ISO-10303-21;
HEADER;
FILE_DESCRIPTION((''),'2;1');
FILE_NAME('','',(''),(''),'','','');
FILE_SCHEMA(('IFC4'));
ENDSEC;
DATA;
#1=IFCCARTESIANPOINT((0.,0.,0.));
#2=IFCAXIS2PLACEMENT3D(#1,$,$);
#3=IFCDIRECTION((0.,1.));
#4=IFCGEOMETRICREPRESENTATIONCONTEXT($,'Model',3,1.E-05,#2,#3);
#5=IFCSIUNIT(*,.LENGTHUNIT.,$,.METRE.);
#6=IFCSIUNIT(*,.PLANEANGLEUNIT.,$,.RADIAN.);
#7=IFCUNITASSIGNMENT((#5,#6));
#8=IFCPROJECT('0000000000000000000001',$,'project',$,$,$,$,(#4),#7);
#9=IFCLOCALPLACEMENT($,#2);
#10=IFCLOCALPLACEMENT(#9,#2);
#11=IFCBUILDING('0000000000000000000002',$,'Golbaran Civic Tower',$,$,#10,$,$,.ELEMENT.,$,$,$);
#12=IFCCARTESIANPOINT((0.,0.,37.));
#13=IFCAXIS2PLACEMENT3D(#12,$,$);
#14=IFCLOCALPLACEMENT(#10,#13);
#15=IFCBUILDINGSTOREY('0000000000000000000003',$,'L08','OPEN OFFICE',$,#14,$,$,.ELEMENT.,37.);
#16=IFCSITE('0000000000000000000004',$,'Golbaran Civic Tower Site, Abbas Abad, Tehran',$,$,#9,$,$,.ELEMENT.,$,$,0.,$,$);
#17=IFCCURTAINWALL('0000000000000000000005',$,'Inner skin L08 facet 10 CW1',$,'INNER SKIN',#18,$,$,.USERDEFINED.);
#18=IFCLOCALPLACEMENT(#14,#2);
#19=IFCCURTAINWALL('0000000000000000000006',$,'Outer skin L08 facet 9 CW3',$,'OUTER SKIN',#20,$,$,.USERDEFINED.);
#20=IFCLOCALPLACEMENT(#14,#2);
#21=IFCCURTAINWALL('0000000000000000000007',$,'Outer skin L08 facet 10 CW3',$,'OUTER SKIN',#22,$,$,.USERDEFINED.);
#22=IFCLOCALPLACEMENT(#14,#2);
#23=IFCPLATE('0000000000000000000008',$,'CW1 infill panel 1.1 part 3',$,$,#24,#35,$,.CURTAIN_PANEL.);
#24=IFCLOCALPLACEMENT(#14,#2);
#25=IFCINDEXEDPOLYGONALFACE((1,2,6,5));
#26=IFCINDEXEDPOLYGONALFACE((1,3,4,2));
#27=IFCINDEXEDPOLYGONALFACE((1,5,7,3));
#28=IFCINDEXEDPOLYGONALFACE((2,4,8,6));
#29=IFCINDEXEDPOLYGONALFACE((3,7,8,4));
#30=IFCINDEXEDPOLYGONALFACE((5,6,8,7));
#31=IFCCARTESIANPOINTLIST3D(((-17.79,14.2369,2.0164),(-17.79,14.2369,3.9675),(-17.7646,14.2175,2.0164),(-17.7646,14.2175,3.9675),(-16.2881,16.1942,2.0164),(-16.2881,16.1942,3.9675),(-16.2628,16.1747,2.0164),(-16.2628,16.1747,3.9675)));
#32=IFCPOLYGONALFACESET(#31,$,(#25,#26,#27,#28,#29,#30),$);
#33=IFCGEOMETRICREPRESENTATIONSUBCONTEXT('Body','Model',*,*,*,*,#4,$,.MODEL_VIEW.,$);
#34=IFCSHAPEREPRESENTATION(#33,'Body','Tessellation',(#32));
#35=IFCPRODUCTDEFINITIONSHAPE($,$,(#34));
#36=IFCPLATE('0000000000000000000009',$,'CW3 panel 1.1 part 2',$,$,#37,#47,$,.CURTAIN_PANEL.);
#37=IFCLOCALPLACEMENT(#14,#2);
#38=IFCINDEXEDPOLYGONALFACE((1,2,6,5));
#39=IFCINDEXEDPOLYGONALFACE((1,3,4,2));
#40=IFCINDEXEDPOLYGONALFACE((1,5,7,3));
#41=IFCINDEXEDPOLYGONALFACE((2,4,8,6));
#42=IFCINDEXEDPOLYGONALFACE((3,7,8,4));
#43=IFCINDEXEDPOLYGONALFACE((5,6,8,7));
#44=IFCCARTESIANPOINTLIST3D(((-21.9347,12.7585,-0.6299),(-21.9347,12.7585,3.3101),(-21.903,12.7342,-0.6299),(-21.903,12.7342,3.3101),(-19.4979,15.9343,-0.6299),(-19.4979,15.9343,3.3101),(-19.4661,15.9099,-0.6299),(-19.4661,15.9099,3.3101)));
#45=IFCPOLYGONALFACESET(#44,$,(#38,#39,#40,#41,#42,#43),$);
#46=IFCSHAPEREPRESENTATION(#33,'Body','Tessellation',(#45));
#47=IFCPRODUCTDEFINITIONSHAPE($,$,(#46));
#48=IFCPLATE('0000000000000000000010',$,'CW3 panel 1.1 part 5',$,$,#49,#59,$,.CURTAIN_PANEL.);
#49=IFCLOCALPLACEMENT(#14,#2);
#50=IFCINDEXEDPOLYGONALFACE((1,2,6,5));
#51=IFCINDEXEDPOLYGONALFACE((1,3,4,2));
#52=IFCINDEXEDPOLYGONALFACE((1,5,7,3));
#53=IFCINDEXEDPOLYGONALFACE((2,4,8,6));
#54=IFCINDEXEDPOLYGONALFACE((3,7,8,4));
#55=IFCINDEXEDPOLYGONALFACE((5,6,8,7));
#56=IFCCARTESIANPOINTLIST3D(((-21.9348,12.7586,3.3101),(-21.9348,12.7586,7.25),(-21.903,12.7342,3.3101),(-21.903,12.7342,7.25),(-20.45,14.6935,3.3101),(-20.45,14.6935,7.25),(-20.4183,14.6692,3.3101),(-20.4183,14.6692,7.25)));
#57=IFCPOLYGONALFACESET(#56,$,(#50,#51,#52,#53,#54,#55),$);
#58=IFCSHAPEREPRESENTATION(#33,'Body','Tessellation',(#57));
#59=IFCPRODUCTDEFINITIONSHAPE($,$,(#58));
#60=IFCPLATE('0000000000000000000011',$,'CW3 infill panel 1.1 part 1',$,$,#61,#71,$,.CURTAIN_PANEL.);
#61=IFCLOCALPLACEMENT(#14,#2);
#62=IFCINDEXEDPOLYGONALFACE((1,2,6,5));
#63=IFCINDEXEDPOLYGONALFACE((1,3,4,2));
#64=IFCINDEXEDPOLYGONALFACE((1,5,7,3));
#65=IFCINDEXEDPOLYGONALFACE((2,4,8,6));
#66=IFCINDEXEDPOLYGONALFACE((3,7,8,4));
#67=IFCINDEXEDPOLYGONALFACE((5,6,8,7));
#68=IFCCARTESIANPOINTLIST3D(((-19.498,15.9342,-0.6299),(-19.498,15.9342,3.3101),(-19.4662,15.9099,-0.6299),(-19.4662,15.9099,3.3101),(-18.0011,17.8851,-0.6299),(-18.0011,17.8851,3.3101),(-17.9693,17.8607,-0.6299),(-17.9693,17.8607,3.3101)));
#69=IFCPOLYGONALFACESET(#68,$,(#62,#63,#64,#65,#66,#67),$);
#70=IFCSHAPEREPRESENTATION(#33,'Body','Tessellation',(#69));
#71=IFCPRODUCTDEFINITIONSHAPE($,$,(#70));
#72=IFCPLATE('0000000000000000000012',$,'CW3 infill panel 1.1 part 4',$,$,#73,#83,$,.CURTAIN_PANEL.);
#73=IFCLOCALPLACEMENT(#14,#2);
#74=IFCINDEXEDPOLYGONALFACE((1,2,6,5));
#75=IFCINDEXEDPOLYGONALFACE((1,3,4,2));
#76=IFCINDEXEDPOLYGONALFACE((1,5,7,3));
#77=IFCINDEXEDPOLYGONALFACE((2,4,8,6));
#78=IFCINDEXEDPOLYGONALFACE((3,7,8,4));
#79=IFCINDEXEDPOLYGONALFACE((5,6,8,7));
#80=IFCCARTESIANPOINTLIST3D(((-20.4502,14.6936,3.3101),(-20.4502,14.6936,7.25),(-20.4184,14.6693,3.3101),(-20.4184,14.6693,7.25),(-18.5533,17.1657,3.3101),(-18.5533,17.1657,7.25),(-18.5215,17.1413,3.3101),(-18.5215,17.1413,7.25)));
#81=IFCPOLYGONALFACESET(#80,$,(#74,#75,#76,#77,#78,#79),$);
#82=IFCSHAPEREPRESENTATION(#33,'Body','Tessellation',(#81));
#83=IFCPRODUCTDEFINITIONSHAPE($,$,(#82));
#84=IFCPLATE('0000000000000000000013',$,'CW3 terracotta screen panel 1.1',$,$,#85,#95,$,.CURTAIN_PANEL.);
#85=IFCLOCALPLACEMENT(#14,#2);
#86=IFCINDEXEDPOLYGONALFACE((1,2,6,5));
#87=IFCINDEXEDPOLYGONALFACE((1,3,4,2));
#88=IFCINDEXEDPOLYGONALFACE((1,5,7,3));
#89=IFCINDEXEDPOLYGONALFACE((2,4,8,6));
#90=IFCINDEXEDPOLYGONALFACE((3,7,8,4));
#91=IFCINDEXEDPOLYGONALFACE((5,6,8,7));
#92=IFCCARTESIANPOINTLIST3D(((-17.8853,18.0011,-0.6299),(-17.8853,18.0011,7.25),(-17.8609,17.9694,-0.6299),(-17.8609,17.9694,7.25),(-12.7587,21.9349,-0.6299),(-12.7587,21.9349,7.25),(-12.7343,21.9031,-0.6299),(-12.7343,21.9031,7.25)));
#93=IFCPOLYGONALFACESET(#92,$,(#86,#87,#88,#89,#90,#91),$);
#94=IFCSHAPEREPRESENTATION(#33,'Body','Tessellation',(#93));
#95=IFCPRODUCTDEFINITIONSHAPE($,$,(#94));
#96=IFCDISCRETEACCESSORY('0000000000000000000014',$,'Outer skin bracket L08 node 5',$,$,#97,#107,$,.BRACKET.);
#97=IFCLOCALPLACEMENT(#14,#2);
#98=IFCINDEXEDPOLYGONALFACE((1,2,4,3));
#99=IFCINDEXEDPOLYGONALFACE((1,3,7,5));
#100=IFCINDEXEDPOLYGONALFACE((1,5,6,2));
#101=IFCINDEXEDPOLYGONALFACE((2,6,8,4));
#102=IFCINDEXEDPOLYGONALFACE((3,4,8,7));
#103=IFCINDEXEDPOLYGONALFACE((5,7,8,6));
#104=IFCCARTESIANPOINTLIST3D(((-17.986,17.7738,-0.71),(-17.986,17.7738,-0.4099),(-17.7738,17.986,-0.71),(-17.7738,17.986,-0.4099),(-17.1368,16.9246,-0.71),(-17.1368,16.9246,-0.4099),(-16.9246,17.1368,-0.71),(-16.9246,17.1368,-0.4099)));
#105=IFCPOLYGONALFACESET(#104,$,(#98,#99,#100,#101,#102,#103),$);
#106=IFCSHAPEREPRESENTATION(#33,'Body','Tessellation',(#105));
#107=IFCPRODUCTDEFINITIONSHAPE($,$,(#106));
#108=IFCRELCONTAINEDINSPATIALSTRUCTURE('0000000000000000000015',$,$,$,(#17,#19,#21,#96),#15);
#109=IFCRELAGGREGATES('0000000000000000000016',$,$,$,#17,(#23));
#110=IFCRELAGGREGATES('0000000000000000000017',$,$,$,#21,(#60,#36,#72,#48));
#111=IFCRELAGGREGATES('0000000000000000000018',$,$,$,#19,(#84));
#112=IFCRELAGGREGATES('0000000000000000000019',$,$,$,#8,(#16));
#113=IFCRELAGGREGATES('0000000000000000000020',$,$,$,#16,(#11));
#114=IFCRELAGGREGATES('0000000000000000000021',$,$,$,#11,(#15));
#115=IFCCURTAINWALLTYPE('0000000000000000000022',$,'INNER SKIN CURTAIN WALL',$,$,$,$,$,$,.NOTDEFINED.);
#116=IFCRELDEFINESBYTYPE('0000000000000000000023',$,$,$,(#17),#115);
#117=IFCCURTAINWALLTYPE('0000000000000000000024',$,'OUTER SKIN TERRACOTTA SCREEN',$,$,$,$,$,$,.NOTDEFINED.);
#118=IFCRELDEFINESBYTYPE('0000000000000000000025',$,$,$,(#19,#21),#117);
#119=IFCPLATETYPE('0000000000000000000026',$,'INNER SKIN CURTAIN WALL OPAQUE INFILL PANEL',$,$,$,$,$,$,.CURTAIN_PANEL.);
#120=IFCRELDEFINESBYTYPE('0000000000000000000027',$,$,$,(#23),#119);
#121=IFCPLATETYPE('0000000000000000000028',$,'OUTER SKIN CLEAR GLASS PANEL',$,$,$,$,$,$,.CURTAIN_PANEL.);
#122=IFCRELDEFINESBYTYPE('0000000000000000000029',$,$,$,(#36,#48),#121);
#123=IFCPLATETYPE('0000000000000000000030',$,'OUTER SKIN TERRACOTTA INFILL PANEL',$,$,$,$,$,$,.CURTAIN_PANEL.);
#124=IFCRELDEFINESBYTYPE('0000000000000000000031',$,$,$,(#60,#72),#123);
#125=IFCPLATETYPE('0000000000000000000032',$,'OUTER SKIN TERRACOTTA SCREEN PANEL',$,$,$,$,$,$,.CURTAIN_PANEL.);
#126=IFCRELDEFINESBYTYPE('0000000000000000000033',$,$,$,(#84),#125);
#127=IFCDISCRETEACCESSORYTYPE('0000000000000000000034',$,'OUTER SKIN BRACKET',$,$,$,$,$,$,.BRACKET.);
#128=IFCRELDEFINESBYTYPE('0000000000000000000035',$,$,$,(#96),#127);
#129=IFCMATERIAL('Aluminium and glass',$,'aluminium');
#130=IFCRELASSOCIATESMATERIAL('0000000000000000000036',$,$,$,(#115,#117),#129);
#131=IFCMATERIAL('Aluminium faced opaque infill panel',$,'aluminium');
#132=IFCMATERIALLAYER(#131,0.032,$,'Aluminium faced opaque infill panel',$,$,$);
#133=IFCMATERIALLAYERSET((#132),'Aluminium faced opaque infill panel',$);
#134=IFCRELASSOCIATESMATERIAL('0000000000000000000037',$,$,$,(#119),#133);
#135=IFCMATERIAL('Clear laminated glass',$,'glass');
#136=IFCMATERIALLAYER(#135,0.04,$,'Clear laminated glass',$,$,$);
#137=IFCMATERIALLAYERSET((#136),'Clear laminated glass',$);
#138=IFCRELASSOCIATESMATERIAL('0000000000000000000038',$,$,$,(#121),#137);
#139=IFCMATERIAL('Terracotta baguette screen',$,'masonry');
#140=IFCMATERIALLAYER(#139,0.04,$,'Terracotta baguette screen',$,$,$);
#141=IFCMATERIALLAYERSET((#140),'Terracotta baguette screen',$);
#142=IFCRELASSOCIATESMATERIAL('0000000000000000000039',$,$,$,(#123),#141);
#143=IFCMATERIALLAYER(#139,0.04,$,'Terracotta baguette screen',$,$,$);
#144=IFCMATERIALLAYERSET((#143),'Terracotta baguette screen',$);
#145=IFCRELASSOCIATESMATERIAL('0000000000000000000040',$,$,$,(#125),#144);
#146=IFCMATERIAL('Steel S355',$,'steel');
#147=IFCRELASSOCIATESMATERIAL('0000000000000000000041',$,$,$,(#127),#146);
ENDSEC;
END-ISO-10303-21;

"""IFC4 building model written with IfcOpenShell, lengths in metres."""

from ifc_helpers import new_model, si_unit, direction, frame, origin, origin_2d, place, context, subcontext, project, spatial, rectangle, extrude, material, layer, layer_set, type_object, element, aggregate, save


model = new_model("IFC4")

# Units and contexts
model_context = context("Model", 3, precision=1e-05, world=origin(), true_north=direction((0.0, 1.0)))
body_context = subcontext(model_context, "Body", "Model", "MODEL_VIEW")
ifc_project = project(units=[si_unit("LENGTHUNIT", "METRE"), si_unit("PLANEANGLEUNIT", "RADIAN")], contexts=[model_context])

# Site, building, storey
site_placement = place(None, origin())
site = spatial("IfcSite", under=ifc_project, at=site_placement, Name="Golbaran Civic Tower Site, Abbas Abad, Tehran", CompositionType="ELEMENT", RefElevation=0.0)
building_placement = place(site_placement, origin())
building = spatial("IfcBuilding", under=site, at=building_placement, Name="Golbaran Civic Tower", CompositionType="ELEMENT")
storey_placement = place(building_placement, frame((0.0, 0.0, 37.0)))
storey = spatial("IfcBuildingStorey", under=building, at=storey_placement, Name="L08", Description="OPEN OFFICE", CompositionType="ELEMENT", Elevation=37.0)

# Shared definitions
ifc_material_1 = material(Name="Steel S355", Category="steel")

# Shared definitions
ifc_material_2 = material(Name="Aluminium and glass", Category="aluminium")
curtain_wall_type_1 = type_object("IfcCurtainWallType", Name="INNER SKIN CURTAIN WALL", PredefinedType="NOTDEFINED", material=ifc_material_2)

# Curtain wall
curtain_wall_1_placement = place(storey_placement, origin())
curtain_wall_1 = element("IfcCurtainWall", 1, at=curtain_wall_1_placement, inside=storey, type_object=curtain_wall_type_1, Name="Inner skin L08 facet 10 CW1", ObjectType="INNER SKIN", PredefinedType="USERDEFINED")

# Curtain wall
curtain_wall_type_2 = type_object("IfcCurtainWallType", Name="OUTER SKIN TERRACOTTA SCREEN", PredefinedType="NOTDEFINED", material=ifc_material_2)
curtain_wall_2_placement = place(storey_placement, origin())
curtain_wall_2 = element("IfcCurtainWall", 2, at=curtain_wall_2_placement, inside=storey, type_object=curtain_wall_type_2, Name="Outer skin L08 facet 9 CW3", ObjectType="OUTER SKIN", PredefinedType="USERDEFINED")

# Curtain wall
curtain_wall_3_placement = place(storey_placement, origin())
curtain_wall_3 = element("IfcCurtainWall", 3, at=curtain_wall_3_placement, inside=storey, type_object=curtain_wall_type_2, Name="Outer skin L08 facet 10 CW3", ObjectType="OUTER SKIN", PredefinedType="USERDEFINED")

# Plates
ifc_material_3 = material(Name="Aluminium faced opaque infill panel", Category="aluminium")
ifc_layer_1 = layer(ifc_material_3, 0.032, Name="Aluminium faced opaque infill panel")
ifc_layer_set_1 = layer_set([ifc_layer_1], Name="Aluminium faced opaque infill panel")
plate_type_1 = type_object("IfcPlateType", Name="INNER SKIN CURTAIN WALL OPAQUE INFILL PANEL", PredefinedType="CURTAIN_PANEL", material=ifc_layer_set_1)
plate_1_placement = place(storey_placement, frame((-17.0264, 15.2058, 2.0164), z_axis=(0.0, 0.0, 1.0), x_axis=(-0.608761, -0.793353, 0.0)))
plate_1 = element("IfcPlate", 4, at=plate_1_placement, type_object=plate_type_1, Name="CW1 infill panel 1.1 part 3", PredefinedType="CURTAIN_PANEL", context=body_context, shape_type="SweptSolid", body=[
    extrude(rectangle(XDim=2.467, YDim=0.032, at=origin_2d()), origin(), (0.0, 0.0, 1.0), 1.9512),
])
aggregate(curtain_wall_1, [plate_1])
ifc_material_4 = material(Name="Clear laminated glass", Category="glass")
ifc_layer_2 = layer(ifc_material_4, 0.04, Name="Clear laminated glass")
ifc_layer_set_2 = layer_set([ifc_layer_2], Name="Clear laminated glass")
plate_type_2 = type_object("IfcPlateType", Name="OUTER SKIN CLEAR GLASS PANEL", PredefinedType="CURTAIN_PANEL", material=ifc_layer_set_2)
plate_2_placement = place(storey_placement, frame((-20.7004, 14.3342, -0.6299), z_axis=(0.0, 0.0, 1.0), x_axis=(-0.608761, -0.793353, 0.0)))
plate_2 = element("IfcPlate", 5, at=plate_2_placement, type_object=plate_type_2, Name="CW3 panel 1.1 part 2", PredefinedType="CURTAIN_PANEL", context=body_context, shape_type="SweptSolid", body=[
    extrude(rectangle(XDim=4.0029, YDim=0.04, at=origin_2d()), origin(), (0.0, 0.0, 1.0), 3.9399),
])
plate_3_placement = place(storey_placement, frame((-21.1765, 13.7139, 3.3101), z_axis=(0.0, 0.0, 1.0), x_axis=(-0.608761, -0.793353, 0.0)))
plate_3 = element("IfcPlate", 6, at=plate_3_placement, type_object=plate_type_2, Name="CW3 panel 1.1 part 5", PredefinedType="CURTAIN_PANEL", context=body_context, shape_type="SweptSolid", body=[
    extrude(rectangle(XDim=2.439, YDim=0.04, at=origin_2d()), origin(), (0.0, 0.0, 1.0), 3.9399),
])
ifc_material_5 = material(Name="Terracotta baguette screen", Category="masonry")
ifc_layer_3 = layer(ifc_material_5, 0.04, Name="Terracotta baguette screen")
ifc_layer_set_3 = layer_set([ifc_layer_3], Name="Terracotta baguette screen")
plate_type_3 = type_object("IfcPlateType", Name="OUTER SKIN TERRACOTTA INFILL PANEL", PredefinedType="CURTAIN_PANEL", material=ifc_layer_set_3)
plate_4_placement = place(storey_placement, frame((-18.7336, 16.8975, -0.6299), z_axis=(0.0, 0.0, 1.0), x_axis=(-0.608761, -0.793353, 0.0)))
plate_4 = element("IfcPlate", 7, at=plate_4_placement, type_object=plate_type_3, Name="CW3 infill panel 1.1 part 1", PredefinedType="CURTAIN_PANEL", context=body_context, shape_type="SweptSolid", body=[
    extrude(rectangle(XDim=2.459, YDim=0.04, at=origin_2d()), origin(), (0.0, 0.0, 1.0), 3.9399),
])
plate_5_placement = place(storey_placement, frame((-19.4858, 15.9175, 3.3101), z_axis=(0.0, 0.0, 1.0), x_axis=(-0.608761, -0.793353, 0.0)))
plate_5 = element("IfcPlate", 8, at=plate_5_placement, type_object=plate_type_3, Name="CW3 infill panel 1.1 part 4", PredefinedType="CURTAIN_PANEL", context=body_context, shape_type="SweptSolid", body=[
    extrude(rectangle(XDim=3.116, YDim=0.04, at=origin_2d()), origin(), (0.0, 0.0, 1.0), 3.9399),
])
aggregate(curtain_wall_3, [plate_4, plate_2, plate_5, plate_3])
ifc_layer_4 = layer(ifc_material_5, 0.04, Name="Terracotta baguette screen")
ifc_layer_set_4 = layer_set([ifc_layer_4], Name="Terracotta baguette screen")
plate_type_4 = type_object("IfcPlateType", Name="OUTER SKIN TERRACOTTA SCREEN PANEL", PredefinedType="CURTAIN_PANEL", material=ifc_layer_set_4)
plate_6_placement = place(storey_placement, frame((-15.3098, 19.9521, -0.6299), z_axis=(0.0, 0.0, 1.0), x_axis=(-0.793353, -0.608761, 0.0)))
plate_6 = element("IfcPlate", 9, at=plate_6_placement, type_object=plate_type_4, Name="CW3 terracotta screen panel 1.1", PredefinedType="CURTAIN_PANEL", context=body_context, shape_type="SweptSolid", body=[
    extrude(rectangle(XDim=6.4619, YDim=0.04, at=origin_2d()), origin(), (0.0, 0.0, 1.0), 7.8799),
])
aggregate(curtain_wall_2, [plate_6])

# Discrete accessory
discrete_accessory_type = type_object("IfcDiscreteAccessoryType", Name="OUTER SKIN BRACKET", PredefinedType="BRACKET", material=ifc_material_1)
discrete_accessory_placement = place(storey_placement, frame((-17.4553, 17.4553, -0.71), z_axis=(0.0, 0.0, 1.0), x_axis=(-0.707107, 0.707107, 0.0)))
element("IfcDiscreteAccessory", 10, at=discrete_accessory_placement, inside=storey, type_object=discrete_accessory_type, Name="Outer skin bracket L08 node 5", PredefinedType="BRACKET", context=body_context, shape_type="SweptSolid", body=[
    extrude(rectangle(XDim=1.2009, YDim=0.3, at=origin_2d()), origin(), (0.0, 0.0, 1.0), 0.3),
])

save(model, "model.ifc")
